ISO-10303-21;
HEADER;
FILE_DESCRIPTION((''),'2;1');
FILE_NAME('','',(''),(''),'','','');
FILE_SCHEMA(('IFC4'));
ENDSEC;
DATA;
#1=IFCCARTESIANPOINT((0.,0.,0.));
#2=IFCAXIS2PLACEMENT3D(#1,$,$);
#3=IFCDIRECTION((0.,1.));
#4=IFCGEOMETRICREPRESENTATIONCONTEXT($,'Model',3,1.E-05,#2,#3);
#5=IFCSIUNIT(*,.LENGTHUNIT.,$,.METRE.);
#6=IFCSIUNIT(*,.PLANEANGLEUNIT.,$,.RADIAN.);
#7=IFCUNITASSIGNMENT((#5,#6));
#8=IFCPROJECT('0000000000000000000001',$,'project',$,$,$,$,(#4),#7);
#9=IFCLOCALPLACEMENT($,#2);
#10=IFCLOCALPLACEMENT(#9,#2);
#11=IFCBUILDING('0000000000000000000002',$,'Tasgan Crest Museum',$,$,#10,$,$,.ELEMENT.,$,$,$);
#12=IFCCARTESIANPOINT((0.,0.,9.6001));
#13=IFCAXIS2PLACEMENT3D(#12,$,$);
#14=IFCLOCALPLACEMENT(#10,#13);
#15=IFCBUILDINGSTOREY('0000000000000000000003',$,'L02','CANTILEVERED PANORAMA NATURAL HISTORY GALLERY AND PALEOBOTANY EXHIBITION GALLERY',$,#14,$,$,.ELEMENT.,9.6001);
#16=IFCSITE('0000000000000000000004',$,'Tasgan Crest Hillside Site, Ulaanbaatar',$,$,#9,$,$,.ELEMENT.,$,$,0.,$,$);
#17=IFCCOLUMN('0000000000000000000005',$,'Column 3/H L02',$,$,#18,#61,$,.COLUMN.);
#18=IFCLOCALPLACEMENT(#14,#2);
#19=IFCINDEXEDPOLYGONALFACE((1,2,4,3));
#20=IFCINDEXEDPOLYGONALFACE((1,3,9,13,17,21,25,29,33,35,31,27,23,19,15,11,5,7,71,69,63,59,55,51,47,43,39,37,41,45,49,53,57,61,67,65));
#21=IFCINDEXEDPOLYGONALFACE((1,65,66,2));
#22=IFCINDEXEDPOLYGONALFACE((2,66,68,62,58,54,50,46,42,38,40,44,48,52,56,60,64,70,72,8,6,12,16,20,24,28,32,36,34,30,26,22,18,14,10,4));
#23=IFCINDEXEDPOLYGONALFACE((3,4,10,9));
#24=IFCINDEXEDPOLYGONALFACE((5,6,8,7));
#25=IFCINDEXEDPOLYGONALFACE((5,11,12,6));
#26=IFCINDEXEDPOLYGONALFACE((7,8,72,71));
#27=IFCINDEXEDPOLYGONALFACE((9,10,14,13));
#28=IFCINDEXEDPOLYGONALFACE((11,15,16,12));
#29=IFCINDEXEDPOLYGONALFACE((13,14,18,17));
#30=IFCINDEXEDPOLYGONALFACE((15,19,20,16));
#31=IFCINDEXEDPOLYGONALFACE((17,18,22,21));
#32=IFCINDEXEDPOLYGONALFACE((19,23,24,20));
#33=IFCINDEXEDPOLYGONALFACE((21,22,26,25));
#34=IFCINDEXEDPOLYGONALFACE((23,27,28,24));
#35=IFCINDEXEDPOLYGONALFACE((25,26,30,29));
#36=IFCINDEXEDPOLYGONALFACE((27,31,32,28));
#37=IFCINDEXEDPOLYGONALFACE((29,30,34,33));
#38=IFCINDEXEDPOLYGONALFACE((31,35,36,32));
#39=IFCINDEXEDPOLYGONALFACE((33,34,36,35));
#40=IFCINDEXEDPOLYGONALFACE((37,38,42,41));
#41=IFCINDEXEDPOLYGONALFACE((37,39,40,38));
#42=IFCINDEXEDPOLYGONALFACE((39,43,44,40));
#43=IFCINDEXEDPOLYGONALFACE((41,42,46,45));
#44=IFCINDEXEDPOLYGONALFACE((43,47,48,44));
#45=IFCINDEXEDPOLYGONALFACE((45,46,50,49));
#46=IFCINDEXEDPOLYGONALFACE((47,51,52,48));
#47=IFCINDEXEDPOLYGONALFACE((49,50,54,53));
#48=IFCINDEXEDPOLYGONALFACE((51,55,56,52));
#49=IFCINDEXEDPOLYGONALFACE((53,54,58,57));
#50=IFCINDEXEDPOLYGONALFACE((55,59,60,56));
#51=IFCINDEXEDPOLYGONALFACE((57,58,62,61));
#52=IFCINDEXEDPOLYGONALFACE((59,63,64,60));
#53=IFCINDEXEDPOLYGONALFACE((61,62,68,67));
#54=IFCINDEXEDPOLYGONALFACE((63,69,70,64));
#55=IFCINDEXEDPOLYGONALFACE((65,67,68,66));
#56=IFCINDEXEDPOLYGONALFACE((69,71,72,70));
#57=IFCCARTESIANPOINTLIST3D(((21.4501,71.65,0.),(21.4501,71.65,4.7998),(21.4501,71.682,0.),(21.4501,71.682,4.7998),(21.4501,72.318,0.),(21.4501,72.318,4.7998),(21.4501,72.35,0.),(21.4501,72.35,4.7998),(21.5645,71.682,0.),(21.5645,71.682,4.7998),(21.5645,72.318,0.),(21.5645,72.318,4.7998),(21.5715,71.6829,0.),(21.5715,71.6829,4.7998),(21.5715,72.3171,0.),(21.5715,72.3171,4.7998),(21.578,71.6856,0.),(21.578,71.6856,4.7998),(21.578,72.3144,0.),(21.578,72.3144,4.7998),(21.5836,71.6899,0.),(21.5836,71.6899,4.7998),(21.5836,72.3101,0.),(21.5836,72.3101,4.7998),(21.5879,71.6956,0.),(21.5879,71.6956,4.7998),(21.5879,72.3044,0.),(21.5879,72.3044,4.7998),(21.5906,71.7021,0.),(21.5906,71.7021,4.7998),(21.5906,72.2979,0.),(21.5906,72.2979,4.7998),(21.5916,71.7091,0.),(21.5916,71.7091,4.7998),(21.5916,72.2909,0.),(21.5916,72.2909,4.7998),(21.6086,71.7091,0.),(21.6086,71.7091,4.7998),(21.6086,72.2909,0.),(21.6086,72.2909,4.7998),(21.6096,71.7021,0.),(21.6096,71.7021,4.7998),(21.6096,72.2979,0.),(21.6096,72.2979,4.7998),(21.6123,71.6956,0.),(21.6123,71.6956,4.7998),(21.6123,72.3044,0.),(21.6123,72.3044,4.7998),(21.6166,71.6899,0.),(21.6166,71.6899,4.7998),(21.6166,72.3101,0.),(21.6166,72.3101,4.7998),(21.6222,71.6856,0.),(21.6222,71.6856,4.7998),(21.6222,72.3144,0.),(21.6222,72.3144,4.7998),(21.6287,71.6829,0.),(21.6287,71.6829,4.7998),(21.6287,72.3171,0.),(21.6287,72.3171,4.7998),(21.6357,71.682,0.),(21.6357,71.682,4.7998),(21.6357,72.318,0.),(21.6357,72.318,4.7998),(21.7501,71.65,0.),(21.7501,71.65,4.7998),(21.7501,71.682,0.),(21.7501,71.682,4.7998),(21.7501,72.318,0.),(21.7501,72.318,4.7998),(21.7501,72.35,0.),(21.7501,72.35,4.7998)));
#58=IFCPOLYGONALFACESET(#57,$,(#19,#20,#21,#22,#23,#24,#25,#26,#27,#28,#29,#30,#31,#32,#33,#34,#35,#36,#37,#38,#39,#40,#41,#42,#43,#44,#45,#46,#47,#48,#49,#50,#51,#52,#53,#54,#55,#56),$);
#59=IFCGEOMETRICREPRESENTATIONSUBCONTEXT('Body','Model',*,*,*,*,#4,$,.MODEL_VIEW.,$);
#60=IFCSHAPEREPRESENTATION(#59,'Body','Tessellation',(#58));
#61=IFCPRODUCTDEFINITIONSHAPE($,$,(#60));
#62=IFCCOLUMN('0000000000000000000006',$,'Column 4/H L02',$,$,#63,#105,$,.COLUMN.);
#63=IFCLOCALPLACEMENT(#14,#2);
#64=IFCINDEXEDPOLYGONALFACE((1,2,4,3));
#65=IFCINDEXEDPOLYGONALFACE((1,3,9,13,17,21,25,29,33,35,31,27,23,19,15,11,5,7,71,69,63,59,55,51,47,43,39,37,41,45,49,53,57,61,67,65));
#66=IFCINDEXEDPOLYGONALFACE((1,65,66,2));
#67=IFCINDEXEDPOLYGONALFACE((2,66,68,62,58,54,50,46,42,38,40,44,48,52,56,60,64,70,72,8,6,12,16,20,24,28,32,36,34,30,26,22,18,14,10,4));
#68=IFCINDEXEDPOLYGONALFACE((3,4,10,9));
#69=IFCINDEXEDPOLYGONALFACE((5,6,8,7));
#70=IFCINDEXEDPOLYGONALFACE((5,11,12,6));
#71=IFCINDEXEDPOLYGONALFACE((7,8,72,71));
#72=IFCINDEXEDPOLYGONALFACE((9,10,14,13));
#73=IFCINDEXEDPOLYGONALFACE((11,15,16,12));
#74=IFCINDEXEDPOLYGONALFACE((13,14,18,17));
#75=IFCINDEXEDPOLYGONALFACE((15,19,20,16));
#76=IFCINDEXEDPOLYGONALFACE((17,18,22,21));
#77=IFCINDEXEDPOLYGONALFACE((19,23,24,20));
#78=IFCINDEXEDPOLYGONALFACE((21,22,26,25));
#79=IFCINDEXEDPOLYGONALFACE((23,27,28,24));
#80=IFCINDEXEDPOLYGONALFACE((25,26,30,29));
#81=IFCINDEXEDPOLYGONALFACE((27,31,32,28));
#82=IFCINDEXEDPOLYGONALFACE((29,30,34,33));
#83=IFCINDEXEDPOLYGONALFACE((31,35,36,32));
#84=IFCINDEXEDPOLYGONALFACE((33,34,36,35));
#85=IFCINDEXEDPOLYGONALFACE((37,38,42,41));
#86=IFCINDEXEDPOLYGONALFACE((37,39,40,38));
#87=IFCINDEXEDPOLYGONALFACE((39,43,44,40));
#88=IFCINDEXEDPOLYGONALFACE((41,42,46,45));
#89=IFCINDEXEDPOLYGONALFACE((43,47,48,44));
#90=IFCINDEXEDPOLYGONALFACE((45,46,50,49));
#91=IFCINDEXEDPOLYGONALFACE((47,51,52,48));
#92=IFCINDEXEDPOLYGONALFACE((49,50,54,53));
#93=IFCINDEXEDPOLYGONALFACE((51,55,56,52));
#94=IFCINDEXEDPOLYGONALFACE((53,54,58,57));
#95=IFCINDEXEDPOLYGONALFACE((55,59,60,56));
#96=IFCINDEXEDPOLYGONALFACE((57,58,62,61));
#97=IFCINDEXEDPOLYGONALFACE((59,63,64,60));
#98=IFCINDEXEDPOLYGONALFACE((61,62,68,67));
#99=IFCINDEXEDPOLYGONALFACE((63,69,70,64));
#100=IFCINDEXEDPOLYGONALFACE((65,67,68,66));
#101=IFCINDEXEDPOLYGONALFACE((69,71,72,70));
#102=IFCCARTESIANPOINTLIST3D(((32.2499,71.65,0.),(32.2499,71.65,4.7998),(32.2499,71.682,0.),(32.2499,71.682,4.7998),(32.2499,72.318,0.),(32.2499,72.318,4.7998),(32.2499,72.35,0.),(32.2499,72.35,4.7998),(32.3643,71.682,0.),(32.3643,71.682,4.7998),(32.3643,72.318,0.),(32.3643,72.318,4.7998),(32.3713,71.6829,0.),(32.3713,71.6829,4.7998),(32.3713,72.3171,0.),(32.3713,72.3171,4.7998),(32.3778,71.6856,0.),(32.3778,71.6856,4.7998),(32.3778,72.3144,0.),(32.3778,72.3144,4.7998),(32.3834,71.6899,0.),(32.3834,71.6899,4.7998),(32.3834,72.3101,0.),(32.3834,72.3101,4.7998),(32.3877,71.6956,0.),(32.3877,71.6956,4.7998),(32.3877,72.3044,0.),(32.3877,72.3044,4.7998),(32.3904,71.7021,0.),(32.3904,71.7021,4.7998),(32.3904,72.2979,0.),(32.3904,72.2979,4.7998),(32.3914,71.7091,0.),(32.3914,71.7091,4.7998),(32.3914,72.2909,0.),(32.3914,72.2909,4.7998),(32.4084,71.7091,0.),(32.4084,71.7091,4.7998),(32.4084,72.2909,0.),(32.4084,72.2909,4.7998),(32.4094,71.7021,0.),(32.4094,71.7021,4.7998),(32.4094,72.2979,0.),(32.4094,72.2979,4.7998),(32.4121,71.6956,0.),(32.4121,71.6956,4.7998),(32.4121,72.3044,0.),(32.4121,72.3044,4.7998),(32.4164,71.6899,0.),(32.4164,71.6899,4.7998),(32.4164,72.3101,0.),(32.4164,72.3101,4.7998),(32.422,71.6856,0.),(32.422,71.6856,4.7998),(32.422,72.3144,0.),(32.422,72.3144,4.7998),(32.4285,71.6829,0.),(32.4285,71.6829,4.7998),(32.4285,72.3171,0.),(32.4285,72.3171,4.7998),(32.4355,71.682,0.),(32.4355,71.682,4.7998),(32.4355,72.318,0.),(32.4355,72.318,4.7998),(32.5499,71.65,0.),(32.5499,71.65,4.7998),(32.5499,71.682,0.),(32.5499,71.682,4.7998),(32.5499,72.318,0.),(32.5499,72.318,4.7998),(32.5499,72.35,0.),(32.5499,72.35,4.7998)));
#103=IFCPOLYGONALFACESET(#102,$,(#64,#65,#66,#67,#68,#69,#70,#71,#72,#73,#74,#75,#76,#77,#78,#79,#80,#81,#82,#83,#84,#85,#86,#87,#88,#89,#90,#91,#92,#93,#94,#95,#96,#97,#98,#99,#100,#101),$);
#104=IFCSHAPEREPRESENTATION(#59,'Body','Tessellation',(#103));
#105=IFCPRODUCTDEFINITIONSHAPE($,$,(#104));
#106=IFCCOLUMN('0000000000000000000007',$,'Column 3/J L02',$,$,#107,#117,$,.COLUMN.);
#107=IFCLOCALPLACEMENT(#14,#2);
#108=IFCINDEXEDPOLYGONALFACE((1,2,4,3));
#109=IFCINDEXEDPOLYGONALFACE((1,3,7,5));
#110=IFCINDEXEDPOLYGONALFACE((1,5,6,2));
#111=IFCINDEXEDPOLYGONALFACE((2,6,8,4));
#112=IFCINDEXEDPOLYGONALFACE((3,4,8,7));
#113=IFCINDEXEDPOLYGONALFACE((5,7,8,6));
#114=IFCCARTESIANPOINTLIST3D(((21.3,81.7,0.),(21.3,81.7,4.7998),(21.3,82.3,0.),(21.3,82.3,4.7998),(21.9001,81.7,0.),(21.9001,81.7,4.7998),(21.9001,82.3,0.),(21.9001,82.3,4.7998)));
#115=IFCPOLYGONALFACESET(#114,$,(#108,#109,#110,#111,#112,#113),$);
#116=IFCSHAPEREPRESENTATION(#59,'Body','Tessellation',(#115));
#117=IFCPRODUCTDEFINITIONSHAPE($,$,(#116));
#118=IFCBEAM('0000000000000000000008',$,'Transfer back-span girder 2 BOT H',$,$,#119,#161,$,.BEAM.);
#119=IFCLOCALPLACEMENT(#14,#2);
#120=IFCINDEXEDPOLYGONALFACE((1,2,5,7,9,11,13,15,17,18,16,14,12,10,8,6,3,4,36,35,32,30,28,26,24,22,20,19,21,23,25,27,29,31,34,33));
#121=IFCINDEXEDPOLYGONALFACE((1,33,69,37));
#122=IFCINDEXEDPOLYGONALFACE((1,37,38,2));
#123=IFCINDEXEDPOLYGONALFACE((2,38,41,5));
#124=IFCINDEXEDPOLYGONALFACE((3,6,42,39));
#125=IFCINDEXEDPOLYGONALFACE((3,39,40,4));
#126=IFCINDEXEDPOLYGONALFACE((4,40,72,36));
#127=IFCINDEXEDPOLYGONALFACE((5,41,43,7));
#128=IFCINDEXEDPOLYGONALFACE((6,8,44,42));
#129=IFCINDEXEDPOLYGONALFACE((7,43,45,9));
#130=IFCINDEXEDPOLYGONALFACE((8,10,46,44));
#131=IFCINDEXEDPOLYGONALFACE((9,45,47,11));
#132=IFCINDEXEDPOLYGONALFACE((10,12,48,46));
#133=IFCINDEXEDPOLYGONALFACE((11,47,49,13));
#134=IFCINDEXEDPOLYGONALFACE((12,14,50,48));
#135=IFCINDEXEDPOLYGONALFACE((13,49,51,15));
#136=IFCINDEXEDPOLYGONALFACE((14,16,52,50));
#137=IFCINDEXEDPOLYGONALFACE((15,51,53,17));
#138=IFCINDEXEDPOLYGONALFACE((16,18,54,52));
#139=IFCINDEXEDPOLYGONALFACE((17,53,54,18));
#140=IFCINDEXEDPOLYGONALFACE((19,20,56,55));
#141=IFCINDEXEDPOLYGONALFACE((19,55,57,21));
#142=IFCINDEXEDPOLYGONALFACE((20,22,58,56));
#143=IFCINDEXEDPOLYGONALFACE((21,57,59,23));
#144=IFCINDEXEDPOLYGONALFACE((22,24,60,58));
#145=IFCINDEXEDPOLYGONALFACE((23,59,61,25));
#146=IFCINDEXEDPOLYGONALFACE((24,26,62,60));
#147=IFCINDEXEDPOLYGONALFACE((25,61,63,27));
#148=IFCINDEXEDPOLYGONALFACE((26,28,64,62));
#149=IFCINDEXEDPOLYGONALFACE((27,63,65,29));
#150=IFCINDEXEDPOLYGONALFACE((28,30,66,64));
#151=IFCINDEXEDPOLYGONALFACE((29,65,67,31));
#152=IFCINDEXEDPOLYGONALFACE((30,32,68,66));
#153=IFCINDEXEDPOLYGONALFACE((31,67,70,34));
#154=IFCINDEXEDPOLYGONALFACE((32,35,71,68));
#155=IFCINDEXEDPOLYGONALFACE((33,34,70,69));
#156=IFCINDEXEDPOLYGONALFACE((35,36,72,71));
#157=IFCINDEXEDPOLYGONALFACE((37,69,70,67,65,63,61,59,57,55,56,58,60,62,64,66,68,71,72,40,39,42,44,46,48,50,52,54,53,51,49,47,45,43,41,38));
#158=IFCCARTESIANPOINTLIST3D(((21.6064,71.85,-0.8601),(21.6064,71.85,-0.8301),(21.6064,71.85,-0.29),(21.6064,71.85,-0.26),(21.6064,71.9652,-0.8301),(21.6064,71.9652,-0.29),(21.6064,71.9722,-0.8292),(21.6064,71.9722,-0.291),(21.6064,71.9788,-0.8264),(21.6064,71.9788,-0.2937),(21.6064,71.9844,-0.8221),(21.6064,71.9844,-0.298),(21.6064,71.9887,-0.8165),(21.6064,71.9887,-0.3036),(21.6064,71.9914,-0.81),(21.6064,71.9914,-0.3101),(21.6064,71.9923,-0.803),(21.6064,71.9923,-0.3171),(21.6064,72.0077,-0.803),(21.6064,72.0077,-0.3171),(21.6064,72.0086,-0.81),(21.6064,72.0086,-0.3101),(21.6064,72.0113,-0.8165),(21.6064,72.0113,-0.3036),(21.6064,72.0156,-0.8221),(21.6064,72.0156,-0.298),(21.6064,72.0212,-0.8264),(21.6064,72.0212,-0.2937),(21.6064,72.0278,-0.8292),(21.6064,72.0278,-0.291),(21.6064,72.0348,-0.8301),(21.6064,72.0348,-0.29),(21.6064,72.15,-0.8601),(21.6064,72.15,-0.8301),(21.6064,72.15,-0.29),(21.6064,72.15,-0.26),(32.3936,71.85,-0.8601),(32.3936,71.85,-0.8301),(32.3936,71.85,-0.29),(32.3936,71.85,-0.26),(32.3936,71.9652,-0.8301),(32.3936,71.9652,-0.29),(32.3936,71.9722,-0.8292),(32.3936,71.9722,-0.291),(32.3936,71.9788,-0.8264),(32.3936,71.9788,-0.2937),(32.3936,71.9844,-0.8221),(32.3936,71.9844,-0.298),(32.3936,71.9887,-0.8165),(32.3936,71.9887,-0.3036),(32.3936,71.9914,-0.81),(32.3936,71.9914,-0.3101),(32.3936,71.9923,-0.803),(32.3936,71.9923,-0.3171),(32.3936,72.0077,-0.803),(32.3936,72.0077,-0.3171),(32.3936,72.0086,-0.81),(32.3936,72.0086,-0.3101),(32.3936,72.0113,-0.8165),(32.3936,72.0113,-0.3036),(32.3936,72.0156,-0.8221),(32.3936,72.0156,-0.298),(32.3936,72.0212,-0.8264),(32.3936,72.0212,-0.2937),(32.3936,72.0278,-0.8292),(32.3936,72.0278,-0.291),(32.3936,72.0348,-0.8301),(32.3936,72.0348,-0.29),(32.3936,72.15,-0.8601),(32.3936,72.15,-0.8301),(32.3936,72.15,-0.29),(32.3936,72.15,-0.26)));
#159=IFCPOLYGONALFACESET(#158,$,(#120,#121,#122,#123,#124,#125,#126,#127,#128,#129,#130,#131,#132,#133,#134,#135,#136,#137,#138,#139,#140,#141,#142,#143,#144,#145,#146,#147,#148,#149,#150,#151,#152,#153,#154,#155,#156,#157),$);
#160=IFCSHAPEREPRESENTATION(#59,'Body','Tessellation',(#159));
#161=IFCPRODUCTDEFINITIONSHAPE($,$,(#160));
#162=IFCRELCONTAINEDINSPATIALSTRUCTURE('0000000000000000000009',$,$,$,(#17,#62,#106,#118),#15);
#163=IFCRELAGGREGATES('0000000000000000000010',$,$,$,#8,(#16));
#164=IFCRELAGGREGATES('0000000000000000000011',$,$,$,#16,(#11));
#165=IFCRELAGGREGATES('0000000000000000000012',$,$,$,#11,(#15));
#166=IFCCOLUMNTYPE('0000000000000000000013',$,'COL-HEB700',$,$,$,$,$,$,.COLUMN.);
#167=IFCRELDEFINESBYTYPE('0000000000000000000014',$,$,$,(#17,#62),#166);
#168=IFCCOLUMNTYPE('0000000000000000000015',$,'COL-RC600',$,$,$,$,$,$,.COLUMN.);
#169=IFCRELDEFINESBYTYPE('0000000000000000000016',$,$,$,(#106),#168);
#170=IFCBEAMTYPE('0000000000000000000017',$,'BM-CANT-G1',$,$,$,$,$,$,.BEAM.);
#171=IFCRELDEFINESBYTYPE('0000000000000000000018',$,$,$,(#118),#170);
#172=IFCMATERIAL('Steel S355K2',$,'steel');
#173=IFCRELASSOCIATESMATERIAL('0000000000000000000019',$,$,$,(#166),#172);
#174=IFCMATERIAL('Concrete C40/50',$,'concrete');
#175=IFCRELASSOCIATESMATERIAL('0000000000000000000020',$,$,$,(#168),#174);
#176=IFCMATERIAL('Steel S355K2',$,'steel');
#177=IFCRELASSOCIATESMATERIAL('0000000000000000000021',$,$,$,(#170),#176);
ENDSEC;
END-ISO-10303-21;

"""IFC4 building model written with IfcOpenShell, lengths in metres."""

from ifc_helpers import new_model, si_unit, direction, frame, origin, origin_2d, place, context, subcontext, project, spatial, rectangle, i_section, extrude, material, material_profile, profile_set, type_object, element, save


model = new_model("IFC4")

# Units and contexts
model_context = context("Model", 3, precision=1e-05, world=origin(), true_north=direction((0.0, 1.0)))
body_context = subcontext(model_context, "Body", "Model", "MODEL_VIEW")
ifc_project = project(units=[si_unit("LENGTHUNIT", "METRE"), si_unit("PLANEANGLEUNIT", "RADIAN")], contexts=[model_context])

# Site, building, storey
site_placement = place(None, origin())
site = spatial("IfcSite", under=ifc_project, at=site_placement, Name="Tasgan Crest Hillside Site, Ulaanbaatar", CompositionType="ELEMENT", RefElevation=0.0)
building_placement = place(site_placement, origin())
building = spatial("IfcBuilding", under=site, at=building_placement, Name="Tasgan Crest Museum", CompositionType="ELEMENT")
storey_placement = place(building_placement, frame((0.0, 0.0, 9.6001)))
storey = spatial("IfcBuildingStorey", under=building, at=storey_placement, Name="L02", Description="CANTILEVERED PANORAMA NATURAL HISTORY GALLERY AND PALEOBOTANY EXHIBITION GALLERY", CompositionType="ELEMENT", Elevation=9.6001)

# Columns
ifc_material_1 = material(Name="Steel S355K2", Category="steel")
ifc_material_profile_1 = material_profile(ifc_material_1, i_section(OverallWidth=0.3, OverallDepth=0.7, WebThickness=0.0171, FlangeThickness=0.032, FilletRadius=0.0271, at=origin_2d()), Name="HEB 700")
ifc_profile_set_1 = profile_set([ifc_material_profile_1], Name="Steel S355K2")
column_type_1 = type_object("IfcColumnType", Name="COL-HEB700", PredefinedType="COLUMN", material=ifc_profile_set_1)
for number, where, z_axis, x_axis, name in (
    (1, (21.6001, 72.0, 0.0), (0.0, 0.0, 1.0), (1.0, 0.0, 0.0), "Column 3/H L02"),
    (2, (32.3999, 72.0, 0.0), (0.0, 0.0, 1.0), (1.0, 0.0, 0.0), "Column 4/H L02"),
):
    element("IfcColumn", number, at=place(storey_placement, frame(where, z_axis=z_axis, x_axis=x_axis)), inside=storey, type_object=column_type_1, Name=name, PredefinedType="COLUMN", context=body_context, shape_type="SweptSolid", body=[
        extrude(i_section(OverallWidth=0.3, OverallDepth=0.7, WebThickness=0.0171, FlangeThickness=0.032, FilletRadius=0.0271, at=origin_2d()), origin(), (0.0, 0.0, 1.0), 4.7998),
    ])
ifc_material_2 = material(Name="Concrete C40/50", Category="concrete")
ifc_material_profile_2 = material_profile(ifc_material_2, rectangle(XDim=0.6001, YDim=0.6001, at=origin_2d()), Name="RC 600x600")
ifc_profile_set_2 = profile_set([ifc_material_profile_2], Name="Concrete C40/50")
column_type_2 = type_object("IfcColumnType", Name="COL-RC600", PredefinedType="COLUMN", material=ifc_profile_set_2)
column_placement = place(storey_placement, frame((21.6001, 82.0, 0.0), z_axis=(0.0, 0.0, 1.0), x_axis=(1.0, 0.0, 0.0)))
element("IfcColumn", 3, at=column_placement, inside=storey, type_object=column_type_2, Name="Column 3/J L02", PredefinedType="COLUMN", context=body_context, shape_type="SweptSolid", body=[
    extrude(rectangle(XDim=0.6001, YDim=0.6001, at=origin_2d()), origin(), (0.0, 0.0, 1.0), 4.7998),
])

# Beam
ifc_material_3 = material(Name="Steel S355K2", Category="steel")
ifc_material_profile_3 = material_profile(ifc_material_3, i_section(OverallWidth=0.3, OverallDepth=0.6001, WebThickness=0.0154, FlangeThickness=0.03, FilletRadius=0.0271, at=origin_2d()), Name="HEB 600")
ifc_profile_set_3 = profile_set([ifc_material_profile_3], Name="Steel S355K2")
beam_type_1 = type_object("IfcBeamType", Name="BM-CANT-G1", PredefinedType="BEAM", material=ifc_profile_set_3)
beam_1_placement = place(storey_placement, frame((21.6064, 72.0, -0.5601), z_axis=(1.0, 0.0, 0.0), x_axis=(0.0, 1.0, 0.0)))
element("IfcBeam", 4, at=beam_1_placement, inside=storey, type_object=beam_type_1, Name="Transfer back-span girder 2 BOT H", PredefinedType="BEAM", context=body_context, shape_type="SweptSolid", body=[
    extrude(i_section(OverallWidth=0.3, OverallDepth=0.6001, WebThickness=0.0154, FlangeThickness=0.03, FilletRadius=0.0271, at=origin_2d()), origin(), (0.0, 0.0, 1.0), 10.7871),
])

save(model, "model.ifc")
